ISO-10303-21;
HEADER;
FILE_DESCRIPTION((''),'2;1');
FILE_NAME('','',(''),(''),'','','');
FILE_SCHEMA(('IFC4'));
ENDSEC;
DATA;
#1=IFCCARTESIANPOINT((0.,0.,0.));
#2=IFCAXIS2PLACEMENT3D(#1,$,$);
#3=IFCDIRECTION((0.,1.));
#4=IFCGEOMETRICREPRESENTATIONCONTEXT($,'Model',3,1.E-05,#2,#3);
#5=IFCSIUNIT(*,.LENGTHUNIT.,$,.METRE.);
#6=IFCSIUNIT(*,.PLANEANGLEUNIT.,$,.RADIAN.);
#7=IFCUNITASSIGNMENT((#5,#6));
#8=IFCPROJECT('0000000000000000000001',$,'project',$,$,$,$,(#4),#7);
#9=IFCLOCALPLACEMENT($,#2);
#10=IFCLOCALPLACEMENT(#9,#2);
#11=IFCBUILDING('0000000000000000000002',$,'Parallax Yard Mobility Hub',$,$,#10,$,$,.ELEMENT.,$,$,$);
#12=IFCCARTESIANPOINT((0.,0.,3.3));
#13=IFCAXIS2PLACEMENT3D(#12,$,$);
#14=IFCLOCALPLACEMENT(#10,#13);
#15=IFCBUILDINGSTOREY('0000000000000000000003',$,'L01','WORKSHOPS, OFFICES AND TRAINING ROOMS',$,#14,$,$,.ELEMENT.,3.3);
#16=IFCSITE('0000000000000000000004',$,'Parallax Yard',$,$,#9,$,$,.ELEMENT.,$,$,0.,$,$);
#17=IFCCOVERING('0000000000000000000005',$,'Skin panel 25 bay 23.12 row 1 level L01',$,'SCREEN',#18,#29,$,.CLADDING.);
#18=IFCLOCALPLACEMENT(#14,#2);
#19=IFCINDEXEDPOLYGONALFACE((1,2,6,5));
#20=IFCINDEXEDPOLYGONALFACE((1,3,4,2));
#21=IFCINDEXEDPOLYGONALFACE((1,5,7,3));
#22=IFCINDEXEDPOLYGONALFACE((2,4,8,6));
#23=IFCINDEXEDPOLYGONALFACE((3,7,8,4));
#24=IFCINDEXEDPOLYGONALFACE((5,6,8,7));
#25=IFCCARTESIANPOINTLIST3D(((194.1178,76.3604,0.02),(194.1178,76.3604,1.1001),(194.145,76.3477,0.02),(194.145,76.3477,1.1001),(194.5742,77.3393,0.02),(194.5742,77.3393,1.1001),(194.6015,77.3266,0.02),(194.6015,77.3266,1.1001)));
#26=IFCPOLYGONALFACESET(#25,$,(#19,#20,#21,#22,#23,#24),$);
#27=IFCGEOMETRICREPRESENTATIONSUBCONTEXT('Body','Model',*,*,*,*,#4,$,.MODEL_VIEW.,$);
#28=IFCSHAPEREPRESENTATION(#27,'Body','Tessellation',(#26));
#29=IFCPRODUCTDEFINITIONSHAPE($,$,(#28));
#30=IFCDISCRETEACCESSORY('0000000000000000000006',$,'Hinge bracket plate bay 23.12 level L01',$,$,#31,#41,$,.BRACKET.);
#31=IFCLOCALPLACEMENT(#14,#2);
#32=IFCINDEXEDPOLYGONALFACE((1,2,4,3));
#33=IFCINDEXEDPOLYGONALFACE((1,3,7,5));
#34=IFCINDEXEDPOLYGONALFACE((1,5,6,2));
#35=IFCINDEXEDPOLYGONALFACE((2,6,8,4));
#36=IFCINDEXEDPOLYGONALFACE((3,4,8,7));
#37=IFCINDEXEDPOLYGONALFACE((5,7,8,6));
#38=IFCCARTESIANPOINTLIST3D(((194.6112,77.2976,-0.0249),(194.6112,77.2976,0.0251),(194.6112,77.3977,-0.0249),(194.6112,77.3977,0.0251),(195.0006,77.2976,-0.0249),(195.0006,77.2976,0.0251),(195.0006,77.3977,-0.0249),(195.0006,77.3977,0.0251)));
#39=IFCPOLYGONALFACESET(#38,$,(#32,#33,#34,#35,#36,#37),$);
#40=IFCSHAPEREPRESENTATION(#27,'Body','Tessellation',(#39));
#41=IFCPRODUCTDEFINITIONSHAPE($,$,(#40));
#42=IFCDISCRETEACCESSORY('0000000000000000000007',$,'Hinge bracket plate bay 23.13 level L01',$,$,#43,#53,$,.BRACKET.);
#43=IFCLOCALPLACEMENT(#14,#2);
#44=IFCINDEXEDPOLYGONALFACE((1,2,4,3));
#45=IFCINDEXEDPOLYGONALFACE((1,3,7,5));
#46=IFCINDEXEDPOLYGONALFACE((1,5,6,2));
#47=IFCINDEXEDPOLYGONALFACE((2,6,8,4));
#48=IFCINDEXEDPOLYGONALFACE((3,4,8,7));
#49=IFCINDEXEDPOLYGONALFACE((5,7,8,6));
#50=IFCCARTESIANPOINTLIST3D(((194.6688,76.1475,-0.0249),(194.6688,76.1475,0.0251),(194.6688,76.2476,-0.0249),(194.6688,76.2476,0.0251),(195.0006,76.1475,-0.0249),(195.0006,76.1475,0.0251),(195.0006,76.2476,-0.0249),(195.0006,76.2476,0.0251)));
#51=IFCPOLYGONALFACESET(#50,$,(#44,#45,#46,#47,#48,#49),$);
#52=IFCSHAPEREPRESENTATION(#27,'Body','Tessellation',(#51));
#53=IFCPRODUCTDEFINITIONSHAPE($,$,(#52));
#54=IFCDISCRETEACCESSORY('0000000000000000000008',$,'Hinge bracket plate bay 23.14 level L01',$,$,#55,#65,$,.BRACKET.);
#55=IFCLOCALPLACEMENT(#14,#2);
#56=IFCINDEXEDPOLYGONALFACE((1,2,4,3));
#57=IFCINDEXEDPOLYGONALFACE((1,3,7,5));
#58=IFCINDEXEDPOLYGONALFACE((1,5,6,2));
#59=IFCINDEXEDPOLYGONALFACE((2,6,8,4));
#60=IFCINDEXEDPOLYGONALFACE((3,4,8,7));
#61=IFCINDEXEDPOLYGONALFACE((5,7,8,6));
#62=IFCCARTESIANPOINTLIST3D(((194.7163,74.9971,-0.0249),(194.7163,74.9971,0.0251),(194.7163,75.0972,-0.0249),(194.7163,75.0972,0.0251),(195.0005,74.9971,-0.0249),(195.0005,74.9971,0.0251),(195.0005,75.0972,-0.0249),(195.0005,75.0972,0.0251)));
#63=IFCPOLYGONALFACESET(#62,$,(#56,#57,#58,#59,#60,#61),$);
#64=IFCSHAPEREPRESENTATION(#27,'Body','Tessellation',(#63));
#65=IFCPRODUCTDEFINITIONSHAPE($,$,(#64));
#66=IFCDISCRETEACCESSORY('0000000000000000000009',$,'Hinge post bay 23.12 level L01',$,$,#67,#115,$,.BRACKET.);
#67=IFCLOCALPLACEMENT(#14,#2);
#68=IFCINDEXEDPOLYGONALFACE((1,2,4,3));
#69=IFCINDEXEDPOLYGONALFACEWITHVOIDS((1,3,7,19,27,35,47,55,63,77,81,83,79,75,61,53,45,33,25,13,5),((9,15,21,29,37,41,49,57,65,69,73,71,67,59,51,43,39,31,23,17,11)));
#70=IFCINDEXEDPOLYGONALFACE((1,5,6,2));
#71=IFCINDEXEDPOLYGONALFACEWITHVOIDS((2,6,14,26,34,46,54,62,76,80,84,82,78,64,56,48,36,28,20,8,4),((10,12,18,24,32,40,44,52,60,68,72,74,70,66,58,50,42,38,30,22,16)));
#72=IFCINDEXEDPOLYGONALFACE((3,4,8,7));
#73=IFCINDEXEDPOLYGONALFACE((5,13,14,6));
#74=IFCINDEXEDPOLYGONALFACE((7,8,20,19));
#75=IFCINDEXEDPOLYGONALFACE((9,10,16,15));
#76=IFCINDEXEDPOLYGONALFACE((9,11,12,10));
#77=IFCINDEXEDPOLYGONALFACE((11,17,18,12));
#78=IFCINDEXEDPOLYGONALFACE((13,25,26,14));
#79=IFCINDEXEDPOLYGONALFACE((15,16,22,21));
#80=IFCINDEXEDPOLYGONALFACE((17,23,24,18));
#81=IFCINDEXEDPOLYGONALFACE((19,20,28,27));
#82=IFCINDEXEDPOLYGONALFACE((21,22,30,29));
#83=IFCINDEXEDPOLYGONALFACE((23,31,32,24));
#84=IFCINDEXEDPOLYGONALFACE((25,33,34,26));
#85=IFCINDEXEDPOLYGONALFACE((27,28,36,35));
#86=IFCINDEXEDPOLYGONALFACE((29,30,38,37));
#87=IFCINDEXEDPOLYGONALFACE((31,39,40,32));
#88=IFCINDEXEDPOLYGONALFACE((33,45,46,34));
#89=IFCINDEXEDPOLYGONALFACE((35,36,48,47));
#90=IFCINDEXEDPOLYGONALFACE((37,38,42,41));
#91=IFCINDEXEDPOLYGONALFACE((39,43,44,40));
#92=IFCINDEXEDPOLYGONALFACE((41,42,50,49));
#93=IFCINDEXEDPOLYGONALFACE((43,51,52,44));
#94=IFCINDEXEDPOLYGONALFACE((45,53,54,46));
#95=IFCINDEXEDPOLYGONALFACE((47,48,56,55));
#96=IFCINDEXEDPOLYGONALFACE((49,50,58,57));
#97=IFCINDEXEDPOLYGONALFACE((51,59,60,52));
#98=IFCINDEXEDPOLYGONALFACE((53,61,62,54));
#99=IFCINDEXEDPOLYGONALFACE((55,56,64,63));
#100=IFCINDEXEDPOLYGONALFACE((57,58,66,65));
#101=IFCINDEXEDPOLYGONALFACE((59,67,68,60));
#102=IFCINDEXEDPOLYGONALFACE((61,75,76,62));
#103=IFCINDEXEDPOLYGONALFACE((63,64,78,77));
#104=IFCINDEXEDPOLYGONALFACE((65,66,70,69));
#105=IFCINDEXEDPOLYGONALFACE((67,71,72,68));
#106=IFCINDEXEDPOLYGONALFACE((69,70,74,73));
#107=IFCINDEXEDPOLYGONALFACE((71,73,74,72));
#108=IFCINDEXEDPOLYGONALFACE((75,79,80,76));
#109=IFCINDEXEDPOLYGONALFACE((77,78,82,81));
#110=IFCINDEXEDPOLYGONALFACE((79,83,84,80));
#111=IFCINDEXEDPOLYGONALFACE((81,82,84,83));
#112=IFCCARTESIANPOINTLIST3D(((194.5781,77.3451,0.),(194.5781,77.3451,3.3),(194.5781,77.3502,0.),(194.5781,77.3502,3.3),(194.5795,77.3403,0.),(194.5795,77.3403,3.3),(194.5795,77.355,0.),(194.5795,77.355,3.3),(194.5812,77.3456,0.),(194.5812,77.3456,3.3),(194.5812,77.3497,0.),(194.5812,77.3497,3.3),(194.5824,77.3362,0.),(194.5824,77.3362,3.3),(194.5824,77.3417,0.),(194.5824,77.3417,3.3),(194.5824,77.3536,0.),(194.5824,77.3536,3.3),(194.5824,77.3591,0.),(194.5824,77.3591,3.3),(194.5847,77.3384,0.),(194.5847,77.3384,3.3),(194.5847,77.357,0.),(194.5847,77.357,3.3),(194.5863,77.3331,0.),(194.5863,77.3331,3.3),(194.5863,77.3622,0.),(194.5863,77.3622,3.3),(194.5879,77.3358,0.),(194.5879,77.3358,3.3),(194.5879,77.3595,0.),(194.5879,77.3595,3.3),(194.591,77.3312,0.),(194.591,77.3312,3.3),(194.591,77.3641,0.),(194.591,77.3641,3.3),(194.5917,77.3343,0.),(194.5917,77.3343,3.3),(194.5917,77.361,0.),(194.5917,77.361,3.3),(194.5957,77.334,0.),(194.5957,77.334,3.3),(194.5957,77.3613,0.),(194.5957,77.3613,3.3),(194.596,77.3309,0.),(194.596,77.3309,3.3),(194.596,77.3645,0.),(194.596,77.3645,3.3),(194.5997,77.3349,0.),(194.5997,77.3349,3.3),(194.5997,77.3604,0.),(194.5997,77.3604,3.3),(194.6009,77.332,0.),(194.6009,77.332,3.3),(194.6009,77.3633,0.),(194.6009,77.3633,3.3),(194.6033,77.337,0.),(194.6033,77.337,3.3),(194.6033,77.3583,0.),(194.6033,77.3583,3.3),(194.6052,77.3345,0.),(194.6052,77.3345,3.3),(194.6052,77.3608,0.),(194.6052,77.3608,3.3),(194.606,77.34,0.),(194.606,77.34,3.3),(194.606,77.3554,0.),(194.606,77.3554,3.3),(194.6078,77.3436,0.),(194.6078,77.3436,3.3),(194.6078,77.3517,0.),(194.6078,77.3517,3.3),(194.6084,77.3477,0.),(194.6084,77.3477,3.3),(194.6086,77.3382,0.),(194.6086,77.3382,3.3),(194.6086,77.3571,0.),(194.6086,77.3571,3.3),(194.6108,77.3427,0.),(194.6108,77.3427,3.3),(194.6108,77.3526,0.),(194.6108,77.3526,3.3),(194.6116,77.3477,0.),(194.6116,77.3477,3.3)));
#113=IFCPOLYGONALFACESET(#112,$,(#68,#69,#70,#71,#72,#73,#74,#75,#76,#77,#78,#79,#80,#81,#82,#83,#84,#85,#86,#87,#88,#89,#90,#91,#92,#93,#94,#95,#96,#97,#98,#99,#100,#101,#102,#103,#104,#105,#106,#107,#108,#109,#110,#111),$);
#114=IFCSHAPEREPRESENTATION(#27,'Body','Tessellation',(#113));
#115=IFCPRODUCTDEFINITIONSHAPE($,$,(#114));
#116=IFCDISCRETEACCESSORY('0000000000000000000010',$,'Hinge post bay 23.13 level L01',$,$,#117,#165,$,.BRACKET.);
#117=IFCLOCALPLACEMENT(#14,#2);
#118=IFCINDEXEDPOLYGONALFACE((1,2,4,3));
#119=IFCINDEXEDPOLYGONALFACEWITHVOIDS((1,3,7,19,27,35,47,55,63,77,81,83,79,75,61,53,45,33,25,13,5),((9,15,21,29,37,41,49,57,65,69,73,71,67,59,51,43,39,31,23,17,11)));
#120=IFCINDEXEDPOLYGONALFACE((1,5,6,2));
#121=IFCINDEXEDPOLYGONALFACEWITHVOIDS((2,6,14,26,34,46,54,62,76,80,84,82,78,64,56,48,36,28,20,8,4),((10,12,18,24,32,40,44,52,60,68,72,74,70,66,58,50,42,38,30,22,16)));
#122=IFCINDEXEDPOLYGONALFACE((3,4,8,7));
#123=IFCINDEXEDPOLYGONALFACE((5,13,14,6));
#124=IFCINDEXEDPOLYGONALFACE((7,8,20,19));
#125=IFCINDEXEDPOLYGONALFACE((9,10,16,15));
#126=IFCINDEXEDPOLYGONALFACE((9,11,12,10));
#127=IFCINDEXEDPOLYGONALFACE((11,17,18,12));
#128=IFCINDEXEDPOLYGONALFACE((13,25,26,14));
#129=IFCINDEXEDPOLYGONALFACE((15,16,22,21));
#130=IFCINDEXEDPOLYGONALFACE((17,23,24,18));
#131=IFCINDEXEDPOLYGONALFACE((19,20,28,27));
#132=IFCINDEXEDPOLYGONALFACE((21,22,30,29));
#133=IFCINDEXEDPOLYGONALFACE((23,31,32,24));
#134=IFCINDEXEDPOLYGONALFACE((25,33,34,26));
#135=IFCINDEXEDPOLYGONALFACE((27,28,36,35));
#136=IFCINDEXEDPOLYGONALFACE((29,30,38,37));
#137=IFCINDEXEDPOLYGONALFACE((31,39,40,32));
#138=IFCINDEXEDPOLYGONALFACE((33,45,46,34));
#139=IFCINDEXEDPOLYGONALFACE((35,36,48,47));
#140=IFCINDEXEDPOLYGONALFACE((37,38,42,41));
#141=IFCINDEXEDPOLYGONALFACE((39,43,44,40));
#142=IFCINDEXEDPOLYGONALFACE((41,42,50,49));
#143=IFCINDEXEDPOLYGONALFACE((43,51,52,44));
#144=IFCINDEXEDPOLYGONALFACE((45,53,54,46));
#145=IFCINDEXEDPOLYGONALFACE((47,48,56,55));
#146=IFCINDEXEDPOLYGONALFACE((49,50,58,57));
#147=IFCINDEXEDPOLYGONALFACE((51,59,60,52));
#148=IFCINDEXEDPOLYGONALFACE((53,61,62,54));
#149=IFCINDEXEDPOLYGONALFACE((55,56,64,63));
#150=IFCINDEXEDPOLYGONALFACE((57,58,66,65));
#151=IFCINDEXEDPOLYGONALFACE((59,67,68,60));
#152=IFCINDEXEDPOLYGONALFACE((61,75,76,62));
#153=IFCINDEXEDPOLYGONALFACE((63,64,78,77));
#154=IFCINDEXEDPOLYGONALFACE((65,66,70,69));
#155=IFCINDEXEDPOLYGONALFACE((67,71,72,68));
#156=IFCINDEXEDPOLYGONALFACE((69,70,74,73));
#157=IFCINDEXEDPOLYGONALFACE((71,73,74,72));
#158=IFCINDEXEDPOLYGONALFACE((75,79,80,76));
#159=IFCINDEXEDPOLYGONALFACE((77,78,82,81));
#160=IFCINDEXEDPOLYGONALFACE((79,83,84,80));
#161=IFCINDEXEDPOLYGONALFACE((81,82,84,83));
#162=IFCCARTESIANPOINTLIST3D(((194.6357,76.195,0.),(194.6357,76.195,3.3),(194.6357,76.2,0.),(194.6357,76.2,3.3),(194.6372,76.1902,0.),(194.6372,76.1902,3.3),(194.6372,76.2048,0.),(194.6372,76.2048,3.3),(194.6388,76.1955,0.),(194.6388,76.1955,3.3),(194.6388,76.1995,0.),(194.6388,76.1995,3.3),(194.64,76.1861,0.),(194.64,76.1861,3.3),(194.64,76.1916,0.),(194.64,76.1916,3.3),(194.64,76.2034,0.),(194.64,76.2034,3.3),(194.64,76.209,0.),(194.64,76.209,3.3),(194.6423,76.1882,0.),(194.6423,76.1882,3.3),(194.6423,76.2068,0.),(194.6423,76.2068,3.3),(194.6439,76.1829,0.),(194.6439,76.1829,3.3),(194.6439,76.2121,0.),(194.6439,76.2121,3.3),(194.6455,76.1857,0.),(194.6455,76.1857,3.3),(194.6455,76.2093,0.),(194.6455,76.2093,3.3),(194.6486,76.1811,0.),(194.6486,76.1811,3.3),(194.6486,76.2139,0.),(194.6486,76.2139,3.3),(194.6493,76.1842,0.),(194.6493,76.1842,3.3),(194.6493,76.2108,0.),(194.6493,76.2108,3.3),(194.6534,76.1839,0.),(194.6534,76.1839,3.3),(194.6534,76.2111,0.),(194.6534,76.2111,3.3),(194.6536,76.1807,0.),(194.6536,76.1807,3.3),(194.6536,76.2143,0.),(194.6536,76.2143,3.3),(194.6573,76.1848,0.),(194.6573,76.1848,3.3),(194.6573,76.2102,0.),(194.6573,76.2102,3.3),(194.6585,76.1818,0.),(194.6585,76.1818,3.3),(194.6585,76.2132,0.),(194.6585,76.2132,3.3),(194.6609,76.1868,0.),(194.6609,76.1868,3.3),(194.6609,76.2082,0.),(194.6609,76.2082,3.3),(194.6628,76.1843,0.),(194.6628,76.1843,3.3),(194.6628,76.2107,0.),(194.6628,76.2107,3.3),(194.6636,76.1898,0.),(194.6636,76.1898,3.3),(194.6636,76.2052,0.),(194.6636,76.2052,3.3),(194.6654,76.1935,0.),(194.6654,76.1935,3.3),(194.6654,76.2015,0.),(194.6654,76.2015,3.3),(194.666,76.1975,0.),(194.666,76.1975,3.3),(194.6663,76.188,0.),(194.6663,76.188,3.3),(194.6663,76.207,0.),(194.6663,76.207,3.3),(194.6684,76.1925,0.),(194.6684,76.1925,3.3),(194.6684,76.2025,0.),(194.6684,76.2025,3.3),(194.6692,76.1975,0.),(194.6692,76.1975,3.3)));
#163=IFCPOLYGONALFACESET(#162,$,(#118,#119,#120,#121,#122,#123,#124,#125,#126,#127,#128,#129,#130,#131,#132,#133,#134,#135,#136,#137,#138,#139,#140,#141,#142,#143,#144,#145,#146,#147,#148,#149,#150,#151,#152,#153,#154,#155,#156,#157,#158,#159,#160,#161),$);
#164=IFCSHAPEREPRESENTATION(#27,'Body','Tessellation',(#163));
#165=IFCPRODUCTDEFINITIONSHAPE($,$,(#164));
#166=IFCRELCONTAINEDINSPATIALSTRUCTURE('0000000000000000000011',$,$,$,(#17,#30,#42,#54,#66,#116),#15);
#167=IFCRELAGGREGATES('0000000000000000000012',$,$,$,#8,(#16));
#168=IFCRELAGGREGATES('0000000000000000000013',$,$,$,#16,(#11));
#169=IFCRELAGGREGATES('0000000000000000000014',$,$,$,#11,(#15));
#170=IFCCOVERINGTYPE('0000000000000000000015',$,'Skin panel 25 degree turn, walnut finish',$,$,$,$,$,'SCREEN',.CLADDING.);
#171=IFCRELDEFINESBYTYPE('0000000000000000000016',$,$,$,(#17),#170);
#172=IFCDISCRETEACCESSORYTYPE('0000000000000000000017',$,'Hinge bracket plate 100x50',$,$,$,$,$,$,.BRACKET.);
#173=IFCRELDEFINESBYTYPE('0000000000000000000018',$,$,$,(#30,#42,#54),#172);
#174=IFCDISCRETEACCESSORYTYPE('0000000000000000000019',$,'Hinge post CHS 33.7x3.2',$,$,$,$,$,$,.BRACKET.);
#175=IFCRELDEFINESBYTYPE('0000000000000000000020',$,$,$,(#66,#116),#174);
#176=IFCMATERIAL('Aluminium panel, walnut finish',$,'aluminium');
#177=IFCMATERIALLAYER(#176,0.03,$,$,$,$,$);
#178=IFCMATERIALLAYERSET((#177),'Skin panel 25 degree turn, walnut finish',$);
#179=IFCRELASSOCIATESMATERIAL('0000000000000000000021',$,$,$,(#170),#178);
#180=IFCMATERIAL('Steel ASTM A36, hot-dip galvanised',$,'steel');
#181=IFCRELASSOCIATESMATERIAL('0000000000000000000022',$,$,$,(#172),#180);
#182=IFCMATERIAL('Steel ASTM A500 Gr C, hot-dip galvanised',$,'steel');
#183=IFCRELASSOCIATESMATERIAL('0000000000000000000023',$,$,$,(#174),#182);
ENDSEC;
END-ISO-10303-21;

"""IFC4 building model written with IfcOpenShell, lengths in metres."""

from ifc_helpers import new_model, si_unit, direction, frame, origin, origin_2d, place, context, subcontext, project, spatial, rectangle, hollow_circle, extrude, material, layer, layer_set, material_profile, profile_set, type_object, element, save


model = new_model("IFC4")

# Units and contexts
model_context = context("Model", 3, precision=1e-05, world=origin(), true_north=direction((0.0, 1.0)))
body_context = subcontext(model_context, "Body", "Model", "MODEL_VIEW")
ifc_project = project(units=[si_unit("LENGTHUNIT", "METRE"), si_unit("PLANEANGLEUNIT", "RADIAN")], contexts=[model_context])

# Site, building, storey
site_placement = place(None, origin())
site = spatial("IfcSite", under=ifc_project, at=site_placement, Name="Parallax Yard", CompositionType="ELEMENT", RefElevation=0.0)
building_placement = place(site_placement, origin())
building = spatial("IfcBuilding", under=site, at=building_placement, Name="Parallax Yard Mobility Hub", CompositionType="ELEMENT")
storey_placement = place(building_placement, frame((0.0, 0.0, 3.3)))
storey = spatial("IfcBuildingStorey", under=building, at=storey_placement, Name="L01", Description="WORKSHOPS, OFFICES AND TRAINING ROOMS", CompositionType="ELEMENT", Elevation=3.3)

# Covering
ifc_material_1 = material(Name="Aluminium panel, walnut finish", Category="aluminium")
ifc_layer_1 = layer(ifc_material_1, 0.03)
ifc_layer_set_1 = layer_set([ifc_layer_1], Name="Skin panel 25 degree turn, walnut finish")
covering_type_1 = type_object("IfcCoveringType", Name="Skin panel 25 degree turn, walnut finish", ElementType="SCREEN", PredefinedType="CLADDING", material=ifc_layer_set_1)
covering_1_placement = place(storey_placement, frame((194.3596, 76.8435, 0.02), z_axis=(0.0, 0.0, 1.0), x_axis=(-0.422618, -0.906308, 0.0)))
element("IfcCovering", 1, at=covering_1_placement, inside=storey, type_object=covering_type_1, Name="Skin panel 25 bay 23.12 row 1 level L01", ObjectType="SCREEN", PredefinedType="CLADDING", context=body_context, shape_type="SweptSolid", body=[
    extrude(rectangle(XDim=1.0801, YDim=0.03, at=origin_2d()), origin(), (0.0, 0.0, 1.0), 1.0801),
])

# Discrete accessories
ifc_material_2 = material(Name="Steel ASTM A36, hot-dip galvanised", Category="steel")
discrete_accessory_type_1 = type_object("IfcDiscreteAccessoryType", Name="Hinge bracket plate 100x50", PredefinedType="BRACKET", material=ifc_material_2)
discrete_accessory_1_placement = place(storey_placement, frame((194.8059, 77.3477, -0.0249), z_axis=(0.0, 0.0, 1.0), x_axis=(-1.0, 0.0, 0.0)))
element("IfcDiscreteAccessory", 2, at=discrete_accessory_1_placement, inside=storey, type_object=discrete_accessory_type_1, Name="Hinge bracket plate bay 23.12 level L01", PredefinedType="BRACKET", context=body_context, shape_type="SweptSolid", body=[
    extrude(rectangle(XDim=0.3894, YDim=0.1001, at=origin_2d()), origin(), (0.0, 0.0, 1.0), 0.05),
])
discrete_accessory_2_placement = place(storey_placement, frame((194.8347, 76.1975, -0.0249), z_axis=(0.0, 0.0, 1.0), x_axis=(-1.0, 0.0, 0.0)))
element("IfcDiscreteAccessory", 3, at=discrete_accessory_2_placement, inside=storey, type_object=discrete_accessory_type_1, Name="Hinge bracket plate bay 23.13 level L01", PredefinedType="BRACKET", context=body_context, shape_type="SweptSolid", body=[
    extrude(rectangle(XDim=0.3318, YDim=0.1001, at=origin_2d()), origin(), (0.0, 0.0, 1.0), 0.05),
])
discrete_accessory_3_placement = place(storey_placement, frame((194.8584, 75.0471, -0.0249), z_axis=(0.0, 0.0, 1.0), x_axis=(-1.0, 0.0, 0.0)))
element("IfcDiscreteAccessory", 4, at=discrete_accessory_3_placement, inside=storey, type_object=discrete_accessory_type_1, Name="Hinge bracket plate bay 23.14 level L01", PredefinedType="BRACKET", context=body_context, shape_type="SweptSolid", body=[
    extrude(rectangle(XDim=0.2842, YDim=0.1001, at=origin_2d()), origin(), (0.0, 0.0, 1.0), 0.05),
])
ifc_material_3 = material(Name="Steel ASTM A500 Gr C, hot-dip galvanised", Category="steel")
ifc_material_profile_1 = material_profile(ifc_material_3, hollow_circle(Radius=0.0168, WallThickness=0.0032, at=origin_2d()), Name="CHS 33.7x3.2")
ifc_profile_set_1 = profile_set([ifc_material_profile_1], Name="Steel ASTM A500 Gr C, hot-dip galvanised")
discrete_accessory_type_2 = type_object("IfcDiscreteAccessoryType", Name="Hinge post CHS 33.7x3.2", PredefinedType="BRACKET", material=ifc_profile_set_1)
for number, where, z_axis, x_axis, name in (
    (5, (194.5947, 77.3477, 0.0), (0.0, 0.0, 1.0), (1.0, 0.0, 0.0), "Hinge post bay 23.12 level L01"),
    (6, (194.6523, 76.1975, 0.0), (0.0, 0.0, 1.0), (1.0, 0.0, 0.0), "Hinge post bay 23.13 level L01"),
):
    element("IfcDiscreteAccessory", number, at=place(storey_placement, frame(where, z_axis=z_axis, x_axis=x_axis)), inside=storey, type_object=discrete_accessory_type_2, Name=name, PredefinedType="BRACKET", context=body_context, shape_type="SweptSolid", body=[
        extrude(hollow_circle(Radius=0.0168, WallThickness=0.0032, at=origin_2d()), origin(), (0.0, 0.0, 1.0), 3.3),
    ])

save(model, "model.ifc")
